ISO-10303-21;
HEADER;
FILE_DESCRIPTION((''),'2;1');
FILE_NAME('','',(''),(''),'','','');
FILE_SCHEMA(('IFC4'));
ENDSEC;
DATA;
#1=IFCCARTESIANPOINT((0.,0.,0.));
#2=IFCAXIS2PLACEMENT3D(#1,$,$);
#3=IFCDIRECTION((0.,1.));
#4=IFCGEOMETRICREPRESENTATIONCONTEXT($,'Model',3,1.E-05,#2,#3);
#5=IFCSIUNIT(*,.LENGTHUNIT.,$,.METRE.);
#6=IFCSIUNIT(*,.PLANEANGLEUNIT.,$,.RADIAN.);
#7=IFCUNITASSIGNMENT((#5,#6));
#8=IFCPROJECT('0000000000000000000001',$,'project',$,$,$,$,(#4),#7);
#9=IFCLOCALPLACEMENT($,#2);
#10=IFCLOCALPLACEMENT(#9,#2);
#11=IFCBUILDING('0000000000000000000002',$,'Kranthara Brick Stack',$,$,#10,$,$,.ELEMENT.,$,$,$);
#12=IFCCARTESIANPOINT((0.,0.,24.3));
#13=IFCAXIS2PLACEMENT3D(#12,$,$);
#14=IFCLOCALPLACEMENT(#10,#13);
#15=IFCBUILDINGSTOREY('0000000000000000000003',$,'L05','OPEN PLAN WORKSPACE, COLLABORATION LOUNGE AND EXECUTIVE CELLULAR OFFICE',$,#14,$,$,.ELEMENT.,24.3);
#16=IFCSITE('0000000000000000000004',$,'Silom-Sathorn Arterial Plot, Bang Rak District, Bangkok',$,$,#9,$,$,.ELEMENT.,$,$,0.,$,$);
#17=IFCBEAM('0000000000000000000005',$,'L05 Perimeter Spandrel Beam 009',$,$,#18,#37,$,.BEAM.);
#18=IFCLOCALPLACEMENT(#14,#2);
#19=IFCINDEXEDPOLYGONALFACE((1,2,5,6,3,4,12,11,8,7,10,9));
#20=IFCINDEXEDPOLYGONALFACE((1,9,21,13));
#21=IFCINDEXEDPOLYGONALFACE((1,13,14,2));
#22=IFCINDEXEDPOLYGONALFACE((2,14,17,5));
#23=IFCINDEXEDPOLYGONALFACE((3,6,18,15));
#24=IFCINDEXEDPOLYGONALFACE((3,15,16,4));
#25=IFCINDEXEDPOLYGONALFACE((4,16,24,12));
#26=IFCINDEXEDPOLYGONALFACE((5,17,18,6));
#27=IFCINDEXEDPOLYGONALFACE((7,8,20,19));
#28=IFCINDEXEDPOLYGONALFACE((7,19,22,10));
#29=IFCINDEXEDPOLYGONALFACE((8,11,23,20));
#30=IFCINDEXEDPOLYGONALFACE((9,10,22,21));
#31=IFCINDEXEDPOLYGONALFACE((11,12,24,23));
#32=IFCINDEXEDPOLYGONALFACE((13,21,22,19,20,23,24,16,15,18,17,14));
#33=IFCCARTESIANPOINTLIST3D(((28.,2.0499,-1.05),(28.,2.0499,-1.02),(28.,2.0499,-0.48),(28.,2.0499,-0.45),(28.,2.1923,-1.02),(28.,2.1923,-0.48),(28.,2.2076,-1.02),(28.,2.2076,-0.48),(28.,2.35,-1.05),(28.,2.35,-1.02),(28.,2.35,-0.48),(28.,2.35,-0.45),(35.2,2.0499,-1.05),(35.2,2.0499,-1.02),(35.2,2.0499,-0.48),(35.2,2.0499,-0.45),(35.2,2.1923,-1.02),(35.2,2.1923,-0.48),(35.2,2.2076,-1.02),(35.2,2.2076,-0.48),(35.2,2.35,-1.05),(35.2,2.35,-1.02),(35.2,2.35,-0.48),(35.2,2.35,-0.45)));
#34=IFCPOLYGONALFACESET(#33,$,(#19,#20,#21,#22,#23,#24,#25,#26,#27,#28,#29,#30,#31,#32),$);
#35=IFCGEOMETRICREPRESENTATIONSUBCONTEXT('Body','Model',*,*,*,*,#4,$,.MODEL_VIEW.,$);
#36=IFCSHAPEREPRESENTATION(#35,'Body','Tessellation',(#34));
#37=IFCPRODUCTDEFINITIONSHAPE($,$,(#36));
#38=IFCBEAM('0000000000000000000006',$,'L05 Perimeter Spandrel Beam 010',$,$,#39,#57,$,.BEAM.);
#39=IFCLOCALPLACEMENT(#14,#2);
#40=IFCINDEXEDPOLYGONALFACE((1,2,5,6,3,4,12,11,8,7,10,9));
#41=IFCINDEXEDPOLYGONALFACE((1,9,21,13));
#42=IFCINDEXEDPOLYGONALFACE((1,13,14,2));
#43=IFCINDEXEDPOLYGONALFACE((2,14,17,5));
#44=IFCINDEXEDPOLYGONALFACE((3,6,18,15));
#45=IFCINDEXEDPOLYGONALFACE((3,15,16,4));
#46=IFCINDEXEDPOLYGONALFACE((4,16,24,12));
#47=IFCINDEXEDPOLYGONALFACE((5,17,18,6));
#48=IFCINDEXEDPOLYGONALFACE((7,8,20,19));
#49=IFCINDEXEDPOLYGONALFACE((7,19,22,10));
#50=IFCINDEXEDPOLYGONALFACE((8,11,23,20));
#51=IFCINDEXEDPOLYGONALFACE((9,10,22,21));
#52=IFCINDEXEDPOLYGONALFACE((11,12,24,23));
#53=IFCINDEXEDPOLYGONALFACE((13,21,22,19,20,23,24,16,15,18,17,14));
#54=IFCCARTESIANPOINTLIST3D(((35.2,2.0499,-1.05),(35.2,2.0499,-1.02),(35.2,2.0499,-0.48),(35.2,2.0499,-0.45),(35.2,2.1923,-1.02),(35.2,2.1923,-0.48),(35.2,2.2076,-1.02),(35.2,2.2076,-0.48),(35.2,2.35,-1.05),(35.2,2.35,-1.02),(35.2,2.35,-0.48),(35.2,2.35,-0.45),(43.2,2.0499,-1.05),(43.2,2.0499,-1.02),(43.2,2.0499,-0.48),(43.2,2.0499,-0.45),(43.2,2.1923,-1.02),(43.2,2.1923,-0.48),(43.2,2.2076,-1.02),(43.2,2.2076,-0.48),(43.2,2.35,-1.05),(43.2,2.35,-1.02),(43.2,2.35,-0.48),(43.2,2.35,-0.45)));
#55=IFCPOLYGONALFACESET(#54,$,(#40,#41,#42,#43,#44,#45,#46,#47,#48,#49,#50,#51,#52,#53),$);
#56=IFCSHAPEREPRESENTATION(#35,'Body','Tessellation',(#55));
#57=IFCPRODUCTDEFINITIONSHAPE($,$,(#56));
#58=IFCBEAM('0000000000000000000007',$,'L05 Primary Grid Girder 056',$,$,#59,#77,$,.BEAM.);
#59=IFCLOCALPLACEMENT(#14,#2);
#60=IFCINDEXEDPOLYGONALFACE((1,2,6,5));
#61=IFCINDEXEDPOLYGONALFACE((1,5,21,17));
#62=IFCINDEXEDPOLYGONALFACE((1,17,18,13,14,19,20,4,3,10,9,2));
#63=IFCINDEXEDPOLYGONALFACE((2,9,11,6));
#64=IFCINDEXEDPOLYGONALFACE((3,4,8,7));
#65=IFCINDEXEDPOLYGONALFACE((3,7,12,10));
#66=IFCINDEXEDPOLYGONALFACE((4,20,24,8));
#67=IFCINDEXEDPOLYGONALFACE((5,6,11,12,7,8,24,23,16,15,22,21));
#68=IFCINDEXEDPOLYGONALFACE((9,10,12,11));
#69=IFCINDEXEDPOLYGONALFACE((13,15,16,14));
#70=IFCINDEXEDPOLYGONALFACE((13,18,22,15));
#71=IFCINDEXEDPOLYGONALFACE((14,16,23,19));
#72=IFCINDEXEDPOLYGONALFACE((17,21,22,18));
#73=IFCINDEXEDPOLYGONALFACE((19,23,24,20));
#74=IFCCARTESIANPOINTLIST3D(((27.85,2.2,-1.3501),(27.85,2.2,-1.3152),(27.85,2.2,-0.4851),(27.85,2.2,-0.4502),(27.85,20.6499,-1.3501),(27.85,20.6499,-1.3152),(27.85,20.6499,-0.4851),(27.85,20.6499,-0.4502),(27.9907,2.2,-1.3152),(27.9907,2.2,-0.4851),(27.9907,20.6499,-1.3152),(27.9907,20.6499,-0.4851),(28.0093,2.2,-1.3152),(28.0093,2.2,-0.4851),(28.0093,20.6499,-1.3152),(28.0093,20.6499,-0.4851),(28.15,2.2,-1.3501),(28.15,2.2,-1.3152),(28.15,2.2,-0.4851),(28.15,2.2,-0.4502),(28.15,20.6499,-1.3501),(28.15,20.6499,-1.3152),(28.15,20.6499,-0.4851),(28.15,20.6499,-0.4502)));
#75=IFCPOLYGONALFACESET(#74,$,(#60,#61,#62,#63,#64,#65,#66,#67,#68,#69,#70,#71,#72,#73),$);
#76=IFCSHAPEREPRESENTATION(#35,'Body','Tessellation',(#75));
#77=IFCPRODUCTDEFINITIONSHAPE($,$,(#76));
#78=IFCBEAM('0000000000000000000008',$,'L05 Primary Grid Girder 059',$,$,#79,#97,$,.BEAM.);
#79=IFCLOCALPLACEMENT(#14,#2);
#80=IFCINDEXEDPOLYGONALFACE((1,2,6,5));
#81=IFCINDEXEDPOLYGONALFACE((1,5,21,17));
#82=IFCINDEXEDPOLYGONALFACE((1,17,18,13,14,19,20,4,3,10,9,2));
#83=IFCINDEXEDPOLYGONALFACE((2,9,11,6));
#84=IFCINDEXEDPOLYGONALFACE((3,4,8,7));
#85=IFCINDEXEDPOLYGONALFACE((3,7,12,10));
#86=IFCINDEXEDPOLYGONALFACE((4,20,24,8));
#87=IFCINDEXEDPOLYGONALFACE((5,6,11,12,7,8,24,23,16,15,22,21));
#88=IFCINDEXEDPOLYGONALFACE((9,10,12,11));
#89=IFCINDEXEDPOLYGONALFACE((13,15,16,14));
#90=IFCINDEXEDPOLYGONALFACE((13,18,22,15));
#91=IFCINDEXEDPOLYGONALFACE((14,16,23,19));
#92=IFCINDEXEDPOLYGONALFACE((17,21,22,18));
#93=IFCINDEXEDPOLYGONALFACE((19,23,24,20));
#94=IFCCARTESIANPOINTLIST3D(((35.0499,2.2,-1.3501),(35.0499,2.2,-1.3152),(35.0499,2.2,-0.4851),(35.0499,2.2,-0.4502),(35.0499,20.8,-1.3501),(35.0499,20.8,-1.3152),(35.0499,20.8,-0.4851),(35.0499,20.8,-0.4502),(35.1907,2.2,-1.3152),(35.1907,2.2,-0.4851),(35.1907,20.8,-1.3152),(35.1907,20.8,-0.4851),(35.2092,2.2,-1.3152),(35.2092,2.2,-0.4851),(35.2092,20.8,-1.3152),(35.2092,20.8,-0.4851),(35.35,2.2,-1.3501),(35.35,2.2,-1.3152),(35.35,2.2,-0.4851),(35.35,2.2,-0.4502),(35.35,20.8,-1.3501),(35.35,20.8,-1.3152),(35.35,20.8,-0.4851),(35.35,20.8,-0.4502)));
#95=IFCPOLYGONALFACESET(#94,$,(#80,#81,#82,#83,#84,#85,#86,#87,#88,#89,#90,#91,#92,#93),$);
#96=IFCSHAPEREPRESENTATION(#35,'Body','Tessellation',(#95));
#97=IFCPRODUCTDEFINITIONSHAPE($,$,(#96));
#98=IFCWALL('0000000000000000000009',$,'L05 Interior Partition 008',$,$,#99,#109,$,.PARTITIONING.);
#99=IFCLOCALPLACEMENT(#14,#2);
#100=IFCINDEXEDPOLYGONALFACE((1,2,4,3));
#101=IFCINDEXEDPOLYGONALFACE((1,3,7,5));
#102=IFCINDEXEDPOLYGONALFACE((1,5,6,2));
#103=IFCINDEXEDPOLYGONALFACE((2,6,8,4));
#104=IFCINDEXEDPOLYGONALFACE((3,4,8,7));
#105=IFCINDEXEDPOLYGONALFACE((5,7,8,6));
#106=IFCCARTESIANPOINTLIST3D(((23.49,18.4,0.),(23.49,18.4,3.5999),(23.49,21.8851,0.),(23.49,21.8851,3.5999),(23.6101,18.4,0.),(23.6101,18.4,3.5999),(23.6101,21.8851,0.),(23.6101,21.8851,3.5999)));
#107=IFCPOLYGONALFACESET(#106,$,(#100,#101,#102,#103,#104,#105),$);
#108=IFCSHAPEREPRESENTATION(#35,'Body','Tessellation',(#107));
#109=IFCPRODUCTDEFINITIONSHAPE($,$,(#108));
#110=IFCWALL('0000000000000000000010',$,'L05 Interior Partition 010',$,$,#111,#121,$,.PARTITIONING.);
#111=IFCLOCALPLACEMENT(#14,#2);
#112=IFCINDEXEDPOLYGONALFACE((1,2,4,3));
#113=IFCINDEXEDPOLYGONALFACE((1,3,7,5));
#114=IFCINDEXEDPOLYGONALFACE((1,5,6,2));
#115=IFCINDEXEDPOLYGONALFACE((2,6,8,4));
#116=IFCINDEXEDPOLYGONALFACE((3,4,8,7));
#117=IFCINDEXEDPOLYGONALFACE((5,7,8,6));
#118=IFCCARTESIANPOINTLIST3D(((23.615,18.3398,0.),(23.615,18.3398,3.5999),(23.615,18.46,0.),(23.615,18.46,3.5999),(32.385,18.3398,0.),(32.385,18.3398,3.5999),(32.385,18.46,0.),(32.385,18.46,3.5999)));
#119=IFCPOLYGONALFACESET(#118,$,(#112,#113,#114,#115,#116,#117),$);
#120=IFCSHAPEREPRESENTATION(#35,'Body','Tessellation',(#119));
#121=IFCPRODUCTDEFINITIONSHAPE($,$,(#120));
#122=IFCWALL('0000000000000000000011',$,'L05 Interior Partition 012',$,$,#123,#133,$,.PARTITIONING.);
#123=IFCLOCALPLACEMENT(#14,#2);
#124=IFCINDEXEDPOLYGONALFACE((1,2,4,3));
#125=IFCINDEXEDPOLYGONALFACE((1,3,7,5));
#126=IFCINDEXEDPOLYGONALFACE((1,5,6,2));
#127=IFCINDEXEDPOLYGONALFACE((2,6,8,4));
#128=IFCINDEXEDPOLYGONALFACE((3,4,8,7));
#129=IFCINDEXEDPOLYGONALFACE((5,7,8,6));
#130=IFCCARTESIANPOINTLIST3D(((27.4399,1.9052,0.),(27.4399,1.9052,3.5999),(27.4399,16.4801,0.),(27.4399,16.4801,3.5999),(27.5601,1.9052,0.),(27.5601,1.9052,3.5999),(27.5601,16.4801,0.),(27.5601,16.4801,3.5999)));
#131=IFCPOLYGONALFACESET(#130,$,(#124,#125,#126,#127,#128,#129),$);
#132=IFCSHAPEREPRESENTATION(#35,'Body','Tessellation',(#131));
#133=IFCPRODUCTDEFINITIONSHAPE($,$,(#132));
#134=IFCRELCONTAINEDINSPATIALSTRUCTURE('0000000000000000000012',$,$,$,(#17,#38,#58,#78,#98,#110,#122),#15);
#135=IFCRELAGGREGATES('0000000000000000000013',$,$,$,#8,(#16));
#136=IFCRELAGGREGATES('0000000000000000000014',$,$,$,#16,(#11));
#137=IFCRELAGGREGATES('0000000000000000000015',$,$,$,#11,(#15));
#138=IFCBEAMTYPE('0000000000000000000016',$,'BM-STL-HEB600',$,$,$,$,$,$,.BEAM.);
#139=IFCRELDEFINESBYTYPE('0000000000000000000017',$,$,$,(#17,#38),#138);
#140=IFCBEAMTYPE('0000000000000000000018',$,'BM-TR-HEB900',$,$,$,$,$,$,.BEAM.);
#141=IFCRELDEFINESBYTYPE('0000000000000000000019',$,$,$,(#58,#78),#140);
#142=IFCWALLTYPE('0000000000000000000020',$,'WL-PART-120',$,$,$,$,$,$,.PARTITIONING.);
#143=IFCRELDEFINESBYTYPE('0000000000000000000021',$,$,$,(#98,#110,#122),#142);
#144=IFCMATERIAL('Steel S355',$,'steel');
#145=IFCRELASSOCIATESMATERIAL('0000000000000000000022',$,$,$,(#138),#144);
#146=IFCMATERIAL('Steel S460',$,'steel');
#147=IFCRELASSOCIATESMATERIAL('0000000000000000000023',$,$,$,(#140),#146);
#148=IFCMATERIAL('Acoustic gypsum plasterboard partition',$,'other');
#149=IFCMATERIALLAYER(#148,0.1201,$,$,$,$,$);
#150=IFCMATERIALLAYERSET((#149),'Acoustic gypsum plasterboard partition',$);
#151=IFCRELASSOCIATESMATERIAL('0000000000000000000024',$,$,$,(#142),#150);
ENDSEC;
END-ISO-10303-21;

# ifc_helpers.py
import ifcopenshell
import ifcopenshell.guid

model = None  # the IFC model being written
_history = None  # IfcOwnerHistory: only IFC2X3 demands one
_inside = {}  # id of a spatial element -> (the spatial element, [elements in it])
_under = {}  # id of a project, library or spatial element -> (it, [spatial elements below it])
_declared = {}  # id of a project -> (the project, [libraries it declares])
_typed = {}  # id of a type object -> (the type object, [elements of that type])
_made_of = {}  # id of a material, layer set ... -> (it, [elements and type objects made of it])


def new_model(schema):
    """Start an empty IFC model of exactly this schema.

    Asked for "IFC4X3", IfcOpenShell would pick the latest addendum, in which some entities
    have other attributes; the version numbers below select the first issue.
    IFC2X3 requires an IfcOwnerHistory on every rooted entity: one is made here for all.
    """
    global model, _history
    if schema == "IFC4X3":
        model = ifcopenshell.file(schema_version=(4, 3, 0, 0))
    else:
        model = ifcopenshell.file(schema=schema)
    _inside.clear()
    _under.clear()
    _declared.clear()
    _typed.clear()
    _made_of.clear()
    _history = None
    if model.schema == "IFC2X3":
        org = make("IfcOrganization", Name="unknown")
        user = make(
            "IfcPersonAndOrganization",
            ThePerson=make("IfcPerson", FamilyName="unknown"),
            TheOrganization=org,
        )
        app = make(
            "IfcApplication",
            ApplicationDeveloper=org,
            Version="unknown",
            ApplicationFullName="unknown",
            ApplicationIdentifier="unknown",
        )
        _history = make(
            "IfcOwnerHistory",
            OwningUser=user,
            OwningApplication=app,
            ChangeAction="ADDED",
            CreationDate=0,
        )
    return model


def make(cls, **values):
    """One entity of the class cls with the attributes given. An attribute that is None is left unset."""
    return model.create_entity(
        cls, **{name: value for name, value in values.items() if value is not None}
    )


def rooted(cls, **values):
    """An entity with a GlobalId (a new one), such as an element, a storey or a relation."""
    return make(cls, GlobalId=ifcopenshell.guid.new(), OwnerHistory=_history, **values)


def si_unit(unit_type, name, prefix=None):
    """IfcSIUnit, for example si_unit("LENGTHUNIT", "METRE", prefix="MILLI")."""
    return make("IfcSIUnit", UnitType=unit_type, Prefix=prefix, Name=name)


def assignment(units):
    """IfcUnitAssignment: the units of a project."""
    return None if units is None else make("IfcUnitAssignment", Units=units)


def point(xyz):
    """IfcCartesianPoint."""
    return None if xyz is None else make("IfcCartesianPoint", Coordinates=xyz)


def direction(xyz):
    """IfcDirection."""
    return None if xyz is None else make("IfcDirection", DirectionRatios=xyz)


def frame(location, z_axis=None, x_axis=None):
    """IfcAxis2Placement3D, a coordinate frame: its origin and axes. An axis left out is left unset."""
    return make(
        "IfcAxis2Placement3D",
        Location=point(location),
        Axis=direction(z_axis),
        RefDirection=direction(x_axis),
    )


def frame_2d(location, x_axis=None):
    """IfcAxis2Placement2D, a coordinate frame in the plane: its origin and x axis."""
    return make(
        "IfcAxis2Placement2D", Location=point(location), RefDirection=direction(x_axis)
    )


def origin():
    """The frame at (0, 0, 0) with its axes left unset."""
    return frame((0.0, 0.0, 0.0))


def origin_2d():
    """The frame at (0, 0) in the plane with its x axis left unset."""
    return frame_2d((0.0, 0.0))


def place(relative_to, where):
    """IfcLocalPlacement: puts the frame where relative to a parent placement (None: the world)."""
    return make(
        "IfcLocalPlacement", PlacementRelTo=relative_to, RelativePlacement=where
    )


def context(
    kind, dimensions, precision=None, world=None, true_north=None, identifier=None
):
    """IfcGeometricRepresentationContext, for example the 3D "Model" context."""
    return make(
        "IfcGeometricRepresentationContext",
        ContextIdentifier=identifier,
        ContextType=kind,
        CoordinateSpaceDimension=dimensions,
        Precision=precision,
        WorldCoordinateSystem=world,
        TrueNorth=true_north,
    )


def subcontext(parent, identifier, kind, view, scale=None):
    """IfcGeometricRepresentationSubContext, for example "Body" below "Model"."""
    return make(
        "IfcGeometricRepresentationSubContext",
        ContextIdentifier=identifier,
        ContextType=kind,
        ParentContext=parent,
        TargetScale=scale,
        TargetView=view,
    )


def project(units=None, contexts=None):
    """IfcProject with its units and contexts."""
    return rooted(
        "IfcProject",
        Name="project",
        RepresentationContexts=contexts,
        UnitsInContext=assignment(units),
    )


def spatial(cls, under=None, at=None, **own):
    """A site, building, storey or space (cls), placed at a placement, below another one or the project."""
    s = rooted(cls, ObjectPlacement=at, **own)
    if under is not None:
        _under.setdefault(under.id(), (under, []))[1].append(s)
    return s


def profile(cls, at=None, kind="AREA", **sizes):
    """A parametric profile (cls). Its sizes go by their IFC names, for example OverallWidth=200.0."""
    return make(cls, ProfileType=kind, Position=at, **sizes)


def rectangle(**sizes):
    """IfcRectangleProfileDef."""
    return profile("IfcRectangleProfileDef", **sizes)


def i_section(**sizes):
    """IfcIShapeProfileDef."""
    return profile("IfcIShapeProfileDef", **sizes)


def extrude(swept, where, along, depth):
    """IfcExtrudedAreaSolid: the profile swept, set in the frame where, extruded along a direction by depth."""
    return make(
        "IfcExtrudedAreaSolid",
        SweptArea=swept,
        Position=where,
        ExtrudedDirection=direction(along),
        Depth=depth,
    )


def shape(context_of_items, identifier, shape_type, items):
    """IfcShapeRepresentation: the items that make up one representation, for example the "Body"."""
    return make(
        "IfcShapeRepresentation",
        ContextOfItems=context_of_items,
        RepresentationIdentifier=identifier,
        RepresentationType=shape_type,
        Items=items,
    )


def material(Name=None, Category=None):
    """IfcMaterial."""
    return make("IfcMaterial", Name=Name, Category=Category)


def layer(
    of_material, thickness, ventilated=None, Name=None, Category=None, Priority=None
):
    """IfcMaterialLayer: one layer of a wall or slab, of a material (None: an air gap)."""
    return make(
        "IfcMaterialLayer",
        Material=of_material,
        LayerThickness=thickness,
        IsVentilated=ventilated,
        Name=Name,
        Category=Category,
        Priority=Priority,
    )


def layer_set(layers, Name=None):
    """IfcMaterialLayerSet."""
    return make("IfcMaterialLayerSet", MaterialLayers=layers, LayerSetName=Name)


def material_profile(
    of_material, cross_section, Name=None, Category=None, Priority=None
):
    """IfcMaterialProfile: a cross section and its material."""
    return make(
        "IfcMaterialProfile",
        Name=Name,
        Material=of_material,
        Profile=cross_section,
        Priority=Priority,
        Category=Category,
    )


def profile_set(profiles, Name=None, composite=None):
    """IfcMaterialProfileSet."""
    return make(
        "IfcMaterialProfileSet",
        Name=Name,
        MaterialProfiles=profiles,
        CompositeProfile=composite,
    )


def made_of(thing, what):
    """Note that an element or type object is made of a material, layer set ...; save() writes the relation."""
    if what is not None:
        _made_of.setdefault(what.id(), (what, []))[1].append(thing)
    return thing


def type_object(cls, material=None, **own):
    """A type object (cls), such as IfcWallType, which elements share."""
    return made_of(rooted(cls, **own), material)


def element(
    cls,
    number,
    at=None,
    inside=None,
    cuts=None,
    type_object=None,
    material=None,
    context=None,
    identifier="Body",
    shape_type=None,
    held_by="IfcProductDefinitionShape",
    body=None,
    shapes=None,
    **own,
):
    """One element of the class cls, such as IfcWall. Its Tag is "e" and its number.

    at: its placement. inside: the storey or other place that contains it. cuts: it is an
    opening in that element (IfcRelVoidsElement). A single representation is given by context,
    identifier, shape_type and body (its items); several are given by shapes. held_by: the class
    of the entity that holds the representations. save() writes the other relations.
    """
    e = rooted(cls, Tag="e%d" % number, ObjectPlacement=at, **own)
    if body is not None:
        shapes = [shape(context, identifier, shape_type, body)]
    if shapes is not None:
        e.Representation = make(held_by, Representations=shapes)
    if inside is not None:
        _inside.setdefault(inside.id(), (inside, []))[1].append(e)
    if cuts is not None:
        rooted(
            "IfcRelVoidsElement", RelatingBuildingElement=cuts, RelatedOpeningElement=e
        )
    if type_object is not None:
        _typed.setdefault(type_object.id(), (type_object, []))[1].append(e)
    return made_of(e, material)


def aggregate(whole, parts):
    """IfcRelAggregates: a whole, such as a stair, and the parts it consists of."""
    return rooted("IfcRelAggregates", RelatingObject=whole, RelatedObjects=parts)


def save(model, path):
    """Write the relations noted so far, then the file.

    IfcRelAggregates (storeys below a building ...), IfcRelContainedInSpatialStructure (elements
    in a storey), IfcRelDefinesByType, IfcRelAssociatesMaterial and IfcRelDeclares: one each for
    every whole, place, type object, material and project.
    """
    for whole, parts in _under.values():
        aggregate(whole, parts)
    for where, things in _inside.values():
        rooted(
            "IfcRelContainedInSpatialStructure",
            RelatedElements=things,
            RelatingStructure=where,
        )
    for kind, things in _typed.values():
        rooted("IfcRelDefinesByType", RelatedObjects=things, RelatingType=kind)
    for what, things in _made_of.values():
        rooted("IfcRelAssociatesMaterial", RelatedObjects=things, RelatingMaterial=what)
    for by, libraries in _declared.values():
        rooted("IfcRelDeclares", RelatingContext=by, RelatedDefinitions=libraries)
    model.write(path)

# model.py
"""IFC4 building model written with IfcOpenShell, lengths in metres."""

from ifc_helpers import new_model, si_unit, direction, frame, frame_2d, origin, origin_2d, place, context, subcontext, project, spatial, rectangle, i_section, extrude, material, layer, layer_set, material_profile, profile_set, type_object, element, save


model = new_model("IFC4")

# Units and contexts
model_context = context("Model", 3, precision=1e-05, world=origin(), true_north=direction((0.0, 1.0)))
body_context = subcontext(model_context, "Body", "Model", "MODEL_VIEW")
ifc_project = project(units=[si_unit("LENGTHUNIT", "METRE"), si_unit("PLANEANGLEUNIT", "RADIAN")], contexts=[model_context])

# Site, building, storey
site_placement = place(None, origin())
site = spatial("IfcSite", under=ifc_project, at=site_placement, Name="Silom-Sathorn Arterial Plot, Bang Rak District, Bangkok", CompositionType="ELEMENT", RefElevation=0.0)
building_placement = place(site_placement, origin())
building = spatial("IfcBuilding", under=site, at=building_placement, Name="Kranthara Brick Stack", CompositionType="ELEMENT")
storey_placement = place(building_placement, frame((0.0, 0.0, 24.3)))
storey = spatial("IfcBuildingStorey", under=building, at=storey_placement, Name="L05", Description="OPEN PLAN WORKSPACE, COLLABORATION LOUNGE AND EXECUTIVE CELLULAR OFFICE", CompositionType="ELEMENT", Elevation=24.3)

# Beams
ifc_material_1 = material(Name="Steel S355", Category="steel")
ifc_material_profile_1 = material_profile(ifc_material_1, i_section(OverallWidth=0.3, OverallDepth=0.6001, WebThickness=0.0154, FlangeThickness=0.03, at=origin_2d()), Name="HEB 600")
ifc_profile_set_1 = profile_set([ifc_material_profile_1], Name="Steel S355")
beam_type_1 = type_object("IfcBeamType", Name="BM-STL-HEB600", PredefinedType="BEAM", material=ifc_profile_set_1)
beam_1_placement = place(storey_placement, frame((28.0, 2.2, -0.75), z_axis=(1.0, 0.0, 0.0), x_axis=(0.0, 1.0, 0.0)))
element("IfcBeam", 1, at=beam_1_placement, inside=storey, type_object=beam_type_1, Name="L05 Perimeter Spandrel Beam 009", PredefinedType="BEAM", context=body_context, shape_type="SweptSolid", body=[
    extrude(i_section(OverallWidth=0.3, OverallDepth=0.6001, WebThickness=0.0154, FlangeThickness=0.03, at=origin_2d()), origin(), (0.0, 0.0, 1.0), 7.2),
])
beam_2_placement = place(storey_placement, frame((35.2, 2.2, -0.75), z_axis=(1.0, 0.0, 0.0), x_axis=(0.0, 1.0, 0.0)))
element("IfcBeam", 2, at=beam_2_placement, inside=storey, type_object=beam_type_1, Name="L05 Perimeter Spandrel Beam 010", PredefinedType="BEAM", context=body_context, shape_type="SweptSolid", body=[
    extrude(i_section(OverallWidth=0.3, OverallDepth=0.6001, WebThickness=0.0154, FlangeThickness=0.03, at=origin_2d()), origin(), (0.0, 0.0, 1.0), 8.0),
])
ifc_material_2 = material(Name="Steel S460", Category="steel")
ifc_material_profile_2 = material_profile(ifc_material_2, i_section(OverallWidth=0.3, OverallDepth=0.8999, WebThickness=0.0186, FlangeThickness=0.0349, at=origin_2d()), Name="HEB 900")
ifc_profile_set_2 = profile_set([ifc_material_profile_2], Name="Steel S460")
beam_type_2 = type_object("IfcBeamType", Name="BM-TR-HEB900", PredefinedType="BEAM", material=ifc_profile_set_2)
beam_3_placement = place(storey_placement, frame((28.0, 2.2, -0.9001), z_axis=(0.0, 1.0, 0.0), x_axis=(-1.0, 0.0, 0.0)))
element("IfcBeam", 3, at=beam_3_placement, inside=storey, type_object=beam_type_2, Name="L05 Primary Grid Girder 056", PredefinedType="BEAM", context=body_context, shape_type="SweptSolid", body=[
    extrude(i_section(OverallWidth=0.3, OverallDepth=0.8999, WebThickness=0.0186, FlangeThickness=0.0349, at=origin_2d()), origin(), (0.0, 0.0, 1.0), 18.45),
])
beam_4_placement = place(storey_placement, frame((35.2, 2.2, -0.9001), z_axis=(0.0, 1.0, 0.0), x_axis=(-1.0, 0.0, 0.0)))
element("IfcBeam", 4, at=beam_4_placement, inside=storey, type_object=beam_type_2, Name="L05 Primary Grid Girder 059", PredefinedType="BEAM", context=body_context, shape_type="SweptSolid", body=[
    extrude(i_section(OverallWidth=0.3, OverallDepth=0.8999, WebThickness=0.0186, FlangeThickness=0.0349, at=origin_2d()), origin(), (0.0, 0.0, 1.0), 18.6001),
])

# Walls
ifc_material_3 = material(Name="Acoustic gypsum plasterboard partition", Category="other")
ifc_layer = layer(ifc_material_3, 0.1201)
ifc_layer_set = layer_set([ifc_layer], Name="Acoustic gypsum plasterboard partition")
wall_type = type_object("IfcWallType", Name="WL-PART-120", PredefinedType="PARTITIONING", material=ifc_layer_set)
wall_1_placement = place(storey_placement, frame((23.55, 18.3999, 0.0), z_axis=(0.0, 0.0, 1.0), x_axis=(0.0, 1.0, 0.0)))
element("IfcWall", 5, at=wall_1_placement, inside=storey, type_object=wall_type, Name="L05 Interior Partition 008", PredefinedType="PARTITIONING", context=body_context, shape_type="SweptSolid", body=[
    extrude(rectangle(XDim=3.4851, YDim=0.1201, at=frame_2d((1.7427, 0.0))), origin(), (0.0, 0.0, 1.0), 3.5999),
])
wall_2_placement = place(storey_placement, frame((23.615, 18.3999, 0.0), z_axis=(0.0, 0.0, 1.0), x_axis=(1.0, 0.0, 0.0)))
element("IfcWall", 6, at=wall_2_placement, inside=storey, type_object=wall_type, Name="L05 Interior Partition 010", PredefinedType="PARTITIONING", context=body_context, shape_type="SweptSolid", body=[
    extrude(rectangle(XDim=8.77, YDim=0.1201, at=frame_2d((4.385, 0.0))), origin(), (0.0, 0.0, 1.0), 3.5999),
])
wall_3_placement = place(storey_placement, frame((27.5, 1.905, 0.0), z_axis=(0.0, 0.0, 1.0), x_axis=(0.0, 1.0, 0.0)))
element("IfcWall", 7, at=wall_3_placement, inside=storey, type_object=wall_type, Name="L05 Interior Partition 012", PredefinedType="PARTITIONING", context=body_context, shape_type="SweptSolid", body=[
    extrude(rectangle(XDim=14.575, YDim=0.1201, at=frame_2d((7.2876, 0.0))), origin(), (0.0, 0.0, 1.0), 3.5999),
])

save(model, "model.ifc")
